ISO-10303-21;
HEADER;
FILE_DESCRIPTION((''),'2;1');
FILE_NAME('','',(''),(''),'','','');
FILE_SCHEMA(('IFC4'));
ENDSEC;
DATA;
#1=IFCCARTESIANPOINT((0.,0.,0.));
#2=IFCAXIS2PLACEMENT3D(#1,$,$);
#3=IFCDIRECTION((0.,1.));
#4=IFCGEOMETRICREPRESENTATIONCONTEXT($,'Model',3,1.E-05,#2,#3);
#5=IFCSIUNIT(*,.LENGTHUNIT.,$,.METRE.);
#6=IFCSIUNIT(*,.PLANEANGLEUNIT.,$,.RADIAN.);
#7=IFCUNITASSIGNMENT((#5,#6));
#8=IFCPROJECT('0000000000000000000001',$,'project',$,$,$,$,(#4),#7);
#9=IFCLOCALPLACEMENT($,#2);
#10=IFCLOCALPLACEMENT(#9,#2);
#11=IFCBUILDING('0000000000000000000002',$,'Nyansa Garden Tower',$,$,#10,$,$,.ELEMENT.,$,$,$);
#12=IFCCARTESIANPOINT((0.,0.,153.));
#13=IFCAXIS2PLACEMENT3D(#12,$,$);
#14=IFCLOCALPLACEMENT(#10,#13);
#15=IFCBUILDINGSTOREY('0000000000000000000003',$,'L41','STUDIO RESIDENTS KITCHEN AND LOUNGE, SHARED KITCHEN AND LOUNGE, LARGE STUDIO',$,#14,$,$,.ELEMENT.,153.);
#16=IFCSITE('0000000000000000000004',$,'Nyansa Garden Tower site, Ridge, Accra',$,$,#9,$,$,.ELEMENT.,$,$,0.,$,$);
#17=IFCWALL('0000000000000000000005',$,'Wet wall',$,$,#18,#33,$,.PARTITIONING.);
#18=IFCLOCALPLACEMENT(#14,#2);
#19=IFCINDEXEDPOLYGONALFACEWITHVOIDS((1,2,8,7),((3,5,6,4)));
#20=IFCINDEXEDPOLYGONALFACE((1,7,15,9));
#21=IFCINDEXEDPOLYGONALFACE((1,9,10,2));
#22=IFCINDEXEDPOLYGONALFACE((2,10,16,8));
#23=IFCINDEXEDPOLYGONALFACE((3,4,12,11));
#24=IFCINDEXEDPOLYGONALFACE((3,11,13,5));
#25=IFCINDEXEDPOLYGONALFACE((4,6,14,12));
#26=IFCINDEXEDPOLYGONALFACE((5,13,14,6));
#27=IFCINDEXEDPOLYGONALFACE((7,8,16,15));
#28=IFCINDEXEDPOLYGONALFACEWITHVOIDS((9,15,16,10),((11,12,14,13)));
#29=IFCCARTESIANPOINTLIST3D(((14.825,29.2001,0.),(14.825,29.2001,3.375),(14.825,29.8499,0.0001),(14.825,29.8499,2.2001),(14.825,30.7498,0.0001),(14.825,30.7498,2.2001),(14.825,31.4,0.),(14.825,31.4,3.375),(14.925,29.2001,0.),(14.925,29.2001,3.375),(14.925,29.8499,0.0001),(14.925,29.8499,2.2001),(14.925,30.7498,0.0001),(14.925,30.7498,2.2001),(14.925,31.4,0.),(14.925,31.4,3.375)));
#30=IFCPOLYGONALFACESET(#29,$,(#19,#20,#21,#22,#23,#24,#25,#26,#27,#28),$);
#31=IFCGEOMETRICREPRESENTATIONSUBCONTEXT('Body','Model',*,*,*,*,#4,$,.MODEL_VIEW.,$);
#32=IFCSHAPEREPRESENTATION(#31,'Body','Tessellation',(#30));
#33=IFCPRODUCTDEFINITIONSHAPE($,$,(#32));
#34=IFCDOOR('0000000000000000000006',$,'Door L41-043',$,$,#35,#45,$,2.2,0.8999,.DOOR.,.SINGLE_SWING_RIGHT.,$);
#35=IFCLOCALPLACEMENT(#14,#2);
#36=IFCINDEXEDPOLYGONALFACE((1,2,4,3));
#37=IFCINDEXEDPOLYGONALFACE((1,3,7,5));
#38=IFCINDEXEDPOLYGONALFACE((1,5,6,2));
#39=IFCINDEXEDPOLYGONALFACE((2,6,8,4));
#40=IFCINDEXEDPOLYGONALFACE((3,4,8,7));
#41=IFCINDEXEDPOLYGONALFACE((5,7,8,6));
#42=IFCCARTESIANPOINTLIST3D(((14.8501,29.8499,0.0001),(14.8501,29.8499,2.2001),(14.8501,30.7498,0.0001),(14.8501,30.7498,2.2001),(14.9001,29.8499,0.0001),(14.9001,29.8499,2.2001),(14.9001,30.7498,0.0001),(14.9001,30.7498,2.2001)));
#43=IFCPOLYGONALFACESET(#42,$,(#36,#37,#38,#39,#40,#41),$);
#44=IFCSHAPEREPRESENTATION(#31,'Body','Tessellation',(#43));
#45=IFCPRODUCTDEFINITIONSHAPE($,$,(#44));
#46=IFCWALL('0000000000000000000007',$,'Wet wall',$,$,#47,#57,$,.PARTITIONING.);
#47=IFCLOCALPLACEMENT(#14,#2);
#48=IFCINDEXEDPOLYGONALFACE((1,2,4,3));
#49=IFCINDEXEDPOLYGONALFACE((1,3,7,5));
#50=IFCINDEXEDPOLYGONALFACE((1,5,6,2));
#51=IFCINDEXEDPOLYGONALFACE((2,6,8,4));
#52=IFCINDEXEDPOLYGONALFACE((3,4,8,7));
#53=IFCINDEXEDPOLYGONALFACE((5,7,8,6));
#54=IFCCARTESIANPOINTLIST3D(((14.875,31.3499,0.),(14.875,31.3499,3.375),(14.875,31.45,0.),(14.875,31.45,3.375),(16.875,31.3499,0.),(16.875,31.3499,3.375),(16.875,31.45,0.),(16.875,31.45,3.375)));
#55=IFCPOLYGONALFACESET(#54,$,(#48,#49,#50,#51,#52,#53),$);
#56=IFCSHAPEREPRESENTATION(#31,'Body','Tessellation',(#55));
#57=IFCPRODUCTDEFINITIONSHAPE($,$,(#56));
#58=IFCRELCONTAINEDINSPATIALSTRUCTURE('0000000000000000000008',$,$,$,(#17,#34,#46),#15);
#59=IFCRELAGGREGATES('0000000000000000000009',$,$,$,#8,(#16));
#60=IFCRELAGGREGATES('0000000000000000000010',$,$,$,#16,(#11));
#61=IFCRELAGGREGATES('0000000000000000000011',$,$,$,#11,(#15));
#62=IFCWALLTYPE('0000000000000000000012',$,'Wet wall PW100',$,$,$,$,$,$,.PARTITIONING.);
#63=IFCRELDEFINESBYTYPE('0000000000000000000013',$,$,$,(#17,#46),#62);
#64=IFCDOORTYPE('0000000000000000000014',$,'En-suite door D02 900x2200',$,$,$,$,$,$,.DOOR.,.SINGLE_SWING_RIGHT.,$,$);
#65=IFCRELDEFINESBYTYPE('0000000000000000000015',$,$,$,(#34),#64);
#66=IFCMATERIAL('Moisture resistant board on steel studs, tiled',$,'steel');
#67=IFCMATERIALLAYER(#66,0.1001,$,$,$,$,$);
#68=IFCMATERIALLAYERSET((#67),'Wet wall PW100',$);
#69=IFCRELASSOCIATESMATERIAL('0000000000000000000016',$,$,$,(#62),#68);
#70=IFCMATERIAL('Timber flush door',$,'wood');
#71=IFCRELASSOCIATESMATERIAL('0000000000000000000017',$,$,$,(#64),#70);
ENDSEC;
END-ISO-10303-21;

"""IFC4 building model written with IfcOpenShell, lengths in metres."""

from ifc_helpers import new_model, si_unit, direction, frame, frame_2d, origin, place, context, subcontext, project, spatial, rectangle, extrude, material, layer, layer_set, type_object, element, fill, save


model = new_model("IFC4")

# Units and contexts
model_context = context("Model", 3, precision=1e-05, world=origin(), true_north=direction((0.0, 1.0)))
body_context = subcontext(model_context, "Body", "Model", "MODEL_VIEW")
ifc_project = project(units=[si_unit("LENGTHUNIT", "METRE"), si_unit("PLANEANGLEUNIT", "RADIAN")], contexts=[model_context])

# Site, building, storey
site_placement = place(None, origin())
site = spatial("IfcSite", under=ifc_project, at=site_placement, Name="Nyansa Garden Tower site, Ridge, Accra", CompositionType="ELEMENT", RefElevation=0.0)
building_placement = place(site_placement, origin())
building = spatial("IfcBuilding", under=site, at=building_placement, Name="Nyansa Garden Tower", CompositionType="ELEMENT")
storey_placement = place(building_placement, frame((0.0, 0.0, 153.0)))
storey = spatial("IfcBuildingStorey", under=building, at=storey_placement, Name="L41", Description="STUDIO RESIDENTS KITCHEN AND LOUNGE, SHARED KITCHEN AND LOUNGE, LARGE STUDIO", CompositionType="ELEMENT", Elevation=153.0)

# Shared definitions
ifc_material_1 = material(Name="Moisture resistant board on steel studs, tiled", Category="steel")
ifc_layer_1 = layer(ifc_material_1, 0.1001)
ifc_layer_set_1 = layer_set([ifc_layer_1], Name="Wet wall PW100")
wall_type_1 = type_object("IfcWallType", Name="Wet wall PW100", PredefinedType="PARTITIONING", material=ifc_layer_set_1)

# Wall, opening, door
ifc_material_2 = material(Name="Timber flush door", Category="wood")
door_type_1 = type_object("IfcDoorType", Name="En-suite door D02 900x2200", OperationType="SINGLE_SWING_RIGHT", PredefinedType="DOOR", material=ifc_material_2)
wall_1_placement = place(storey_placement, frame((14.875, 29.2, 0.0), z_axis=(0.0, 0.0, 1.0), x_axis=(0.0, 1.0, 0.0)))
wall_1 = element("IfcWall", 1, at=wall_1_placement, inside=storey, type_object=wall_type_1, Name="Wet wall", PredefinedType="PARTITIONING", context=body_context, shape_type="SweptSolid", body=[
    extrude(rectangle(XDim=2.2, YDim=0.1001, at=frame_2d((1.1001, 0.0))), origin(), (0.0, 0.0, 1.0), 3.375),
])
opening_1_placement = place(wall_1_placement, frame((0.6499, 0.0, 0.0)))
opening_1 = element("IfcOpeningElement", 2, at=opening_1_placement, cuts=wall_1, PredefinedType="OPENING", context=body_context, shape_type="SweptSolid", body=[
    extrude(rectangle(XDim=0.8999, YDim=2.2, at=frame_2d((0.45, 1.1001))), frame((0.0, 0.0601, 0.0), z_axis=(0.0, -1.0, 0.0), x_axis=(1.0, 0.0, 0.0)), (0.0, 0.0, 1.0), 0.1201),
])
door_1_placement = place(opening_1_placement, origin())
door_1 = element("IfcDoor", 3, at=door_1_placement, inside=storey, type_object=door_type_1, Name="Door L41-043", OperationType="SINGLE_SWING_RIGHT", OverallHeight=2.2, OverallWidth=0.8999, PredefinedType="DOOR", context=body_context, shape_type="SweptSolid", body=[
    extrude(rectangle(XDim=0.8999, YDim=2.2, at=frame_2d((0.45, 1.1001))), frame((0.0, 0.0249, 0.0), z_axis=(0.0, -1.0, 0.0), x_axis=(1.0, 0.0, 0.0)), (0.0, 0.0, 1.0), 0.05),
])
fill(opening_1, door_1)

# Wall
wall_2_placement = place(storey_placement, frame((14.875, 31.3999, 0.0), z_axis=(0.0, 0.0, 1.0), x_axis=(1.0, 0.0, 0.0)))
element("IfcWall", 4, at=wall_2_placement, inside=storey, type_object=wall_type_1, Name="Wet wall", PredefinedType="PARTITIONING", context=body_context, shape_type="SweptSolid", body=[
    extrude(rectangle(XDim=2.0, YDim=0.1001, at=frame_2d((1.0, 0.0))), origin(), (0.0, 0.0, 1.0), 3.375),
])

save(model, "model.ifc")
